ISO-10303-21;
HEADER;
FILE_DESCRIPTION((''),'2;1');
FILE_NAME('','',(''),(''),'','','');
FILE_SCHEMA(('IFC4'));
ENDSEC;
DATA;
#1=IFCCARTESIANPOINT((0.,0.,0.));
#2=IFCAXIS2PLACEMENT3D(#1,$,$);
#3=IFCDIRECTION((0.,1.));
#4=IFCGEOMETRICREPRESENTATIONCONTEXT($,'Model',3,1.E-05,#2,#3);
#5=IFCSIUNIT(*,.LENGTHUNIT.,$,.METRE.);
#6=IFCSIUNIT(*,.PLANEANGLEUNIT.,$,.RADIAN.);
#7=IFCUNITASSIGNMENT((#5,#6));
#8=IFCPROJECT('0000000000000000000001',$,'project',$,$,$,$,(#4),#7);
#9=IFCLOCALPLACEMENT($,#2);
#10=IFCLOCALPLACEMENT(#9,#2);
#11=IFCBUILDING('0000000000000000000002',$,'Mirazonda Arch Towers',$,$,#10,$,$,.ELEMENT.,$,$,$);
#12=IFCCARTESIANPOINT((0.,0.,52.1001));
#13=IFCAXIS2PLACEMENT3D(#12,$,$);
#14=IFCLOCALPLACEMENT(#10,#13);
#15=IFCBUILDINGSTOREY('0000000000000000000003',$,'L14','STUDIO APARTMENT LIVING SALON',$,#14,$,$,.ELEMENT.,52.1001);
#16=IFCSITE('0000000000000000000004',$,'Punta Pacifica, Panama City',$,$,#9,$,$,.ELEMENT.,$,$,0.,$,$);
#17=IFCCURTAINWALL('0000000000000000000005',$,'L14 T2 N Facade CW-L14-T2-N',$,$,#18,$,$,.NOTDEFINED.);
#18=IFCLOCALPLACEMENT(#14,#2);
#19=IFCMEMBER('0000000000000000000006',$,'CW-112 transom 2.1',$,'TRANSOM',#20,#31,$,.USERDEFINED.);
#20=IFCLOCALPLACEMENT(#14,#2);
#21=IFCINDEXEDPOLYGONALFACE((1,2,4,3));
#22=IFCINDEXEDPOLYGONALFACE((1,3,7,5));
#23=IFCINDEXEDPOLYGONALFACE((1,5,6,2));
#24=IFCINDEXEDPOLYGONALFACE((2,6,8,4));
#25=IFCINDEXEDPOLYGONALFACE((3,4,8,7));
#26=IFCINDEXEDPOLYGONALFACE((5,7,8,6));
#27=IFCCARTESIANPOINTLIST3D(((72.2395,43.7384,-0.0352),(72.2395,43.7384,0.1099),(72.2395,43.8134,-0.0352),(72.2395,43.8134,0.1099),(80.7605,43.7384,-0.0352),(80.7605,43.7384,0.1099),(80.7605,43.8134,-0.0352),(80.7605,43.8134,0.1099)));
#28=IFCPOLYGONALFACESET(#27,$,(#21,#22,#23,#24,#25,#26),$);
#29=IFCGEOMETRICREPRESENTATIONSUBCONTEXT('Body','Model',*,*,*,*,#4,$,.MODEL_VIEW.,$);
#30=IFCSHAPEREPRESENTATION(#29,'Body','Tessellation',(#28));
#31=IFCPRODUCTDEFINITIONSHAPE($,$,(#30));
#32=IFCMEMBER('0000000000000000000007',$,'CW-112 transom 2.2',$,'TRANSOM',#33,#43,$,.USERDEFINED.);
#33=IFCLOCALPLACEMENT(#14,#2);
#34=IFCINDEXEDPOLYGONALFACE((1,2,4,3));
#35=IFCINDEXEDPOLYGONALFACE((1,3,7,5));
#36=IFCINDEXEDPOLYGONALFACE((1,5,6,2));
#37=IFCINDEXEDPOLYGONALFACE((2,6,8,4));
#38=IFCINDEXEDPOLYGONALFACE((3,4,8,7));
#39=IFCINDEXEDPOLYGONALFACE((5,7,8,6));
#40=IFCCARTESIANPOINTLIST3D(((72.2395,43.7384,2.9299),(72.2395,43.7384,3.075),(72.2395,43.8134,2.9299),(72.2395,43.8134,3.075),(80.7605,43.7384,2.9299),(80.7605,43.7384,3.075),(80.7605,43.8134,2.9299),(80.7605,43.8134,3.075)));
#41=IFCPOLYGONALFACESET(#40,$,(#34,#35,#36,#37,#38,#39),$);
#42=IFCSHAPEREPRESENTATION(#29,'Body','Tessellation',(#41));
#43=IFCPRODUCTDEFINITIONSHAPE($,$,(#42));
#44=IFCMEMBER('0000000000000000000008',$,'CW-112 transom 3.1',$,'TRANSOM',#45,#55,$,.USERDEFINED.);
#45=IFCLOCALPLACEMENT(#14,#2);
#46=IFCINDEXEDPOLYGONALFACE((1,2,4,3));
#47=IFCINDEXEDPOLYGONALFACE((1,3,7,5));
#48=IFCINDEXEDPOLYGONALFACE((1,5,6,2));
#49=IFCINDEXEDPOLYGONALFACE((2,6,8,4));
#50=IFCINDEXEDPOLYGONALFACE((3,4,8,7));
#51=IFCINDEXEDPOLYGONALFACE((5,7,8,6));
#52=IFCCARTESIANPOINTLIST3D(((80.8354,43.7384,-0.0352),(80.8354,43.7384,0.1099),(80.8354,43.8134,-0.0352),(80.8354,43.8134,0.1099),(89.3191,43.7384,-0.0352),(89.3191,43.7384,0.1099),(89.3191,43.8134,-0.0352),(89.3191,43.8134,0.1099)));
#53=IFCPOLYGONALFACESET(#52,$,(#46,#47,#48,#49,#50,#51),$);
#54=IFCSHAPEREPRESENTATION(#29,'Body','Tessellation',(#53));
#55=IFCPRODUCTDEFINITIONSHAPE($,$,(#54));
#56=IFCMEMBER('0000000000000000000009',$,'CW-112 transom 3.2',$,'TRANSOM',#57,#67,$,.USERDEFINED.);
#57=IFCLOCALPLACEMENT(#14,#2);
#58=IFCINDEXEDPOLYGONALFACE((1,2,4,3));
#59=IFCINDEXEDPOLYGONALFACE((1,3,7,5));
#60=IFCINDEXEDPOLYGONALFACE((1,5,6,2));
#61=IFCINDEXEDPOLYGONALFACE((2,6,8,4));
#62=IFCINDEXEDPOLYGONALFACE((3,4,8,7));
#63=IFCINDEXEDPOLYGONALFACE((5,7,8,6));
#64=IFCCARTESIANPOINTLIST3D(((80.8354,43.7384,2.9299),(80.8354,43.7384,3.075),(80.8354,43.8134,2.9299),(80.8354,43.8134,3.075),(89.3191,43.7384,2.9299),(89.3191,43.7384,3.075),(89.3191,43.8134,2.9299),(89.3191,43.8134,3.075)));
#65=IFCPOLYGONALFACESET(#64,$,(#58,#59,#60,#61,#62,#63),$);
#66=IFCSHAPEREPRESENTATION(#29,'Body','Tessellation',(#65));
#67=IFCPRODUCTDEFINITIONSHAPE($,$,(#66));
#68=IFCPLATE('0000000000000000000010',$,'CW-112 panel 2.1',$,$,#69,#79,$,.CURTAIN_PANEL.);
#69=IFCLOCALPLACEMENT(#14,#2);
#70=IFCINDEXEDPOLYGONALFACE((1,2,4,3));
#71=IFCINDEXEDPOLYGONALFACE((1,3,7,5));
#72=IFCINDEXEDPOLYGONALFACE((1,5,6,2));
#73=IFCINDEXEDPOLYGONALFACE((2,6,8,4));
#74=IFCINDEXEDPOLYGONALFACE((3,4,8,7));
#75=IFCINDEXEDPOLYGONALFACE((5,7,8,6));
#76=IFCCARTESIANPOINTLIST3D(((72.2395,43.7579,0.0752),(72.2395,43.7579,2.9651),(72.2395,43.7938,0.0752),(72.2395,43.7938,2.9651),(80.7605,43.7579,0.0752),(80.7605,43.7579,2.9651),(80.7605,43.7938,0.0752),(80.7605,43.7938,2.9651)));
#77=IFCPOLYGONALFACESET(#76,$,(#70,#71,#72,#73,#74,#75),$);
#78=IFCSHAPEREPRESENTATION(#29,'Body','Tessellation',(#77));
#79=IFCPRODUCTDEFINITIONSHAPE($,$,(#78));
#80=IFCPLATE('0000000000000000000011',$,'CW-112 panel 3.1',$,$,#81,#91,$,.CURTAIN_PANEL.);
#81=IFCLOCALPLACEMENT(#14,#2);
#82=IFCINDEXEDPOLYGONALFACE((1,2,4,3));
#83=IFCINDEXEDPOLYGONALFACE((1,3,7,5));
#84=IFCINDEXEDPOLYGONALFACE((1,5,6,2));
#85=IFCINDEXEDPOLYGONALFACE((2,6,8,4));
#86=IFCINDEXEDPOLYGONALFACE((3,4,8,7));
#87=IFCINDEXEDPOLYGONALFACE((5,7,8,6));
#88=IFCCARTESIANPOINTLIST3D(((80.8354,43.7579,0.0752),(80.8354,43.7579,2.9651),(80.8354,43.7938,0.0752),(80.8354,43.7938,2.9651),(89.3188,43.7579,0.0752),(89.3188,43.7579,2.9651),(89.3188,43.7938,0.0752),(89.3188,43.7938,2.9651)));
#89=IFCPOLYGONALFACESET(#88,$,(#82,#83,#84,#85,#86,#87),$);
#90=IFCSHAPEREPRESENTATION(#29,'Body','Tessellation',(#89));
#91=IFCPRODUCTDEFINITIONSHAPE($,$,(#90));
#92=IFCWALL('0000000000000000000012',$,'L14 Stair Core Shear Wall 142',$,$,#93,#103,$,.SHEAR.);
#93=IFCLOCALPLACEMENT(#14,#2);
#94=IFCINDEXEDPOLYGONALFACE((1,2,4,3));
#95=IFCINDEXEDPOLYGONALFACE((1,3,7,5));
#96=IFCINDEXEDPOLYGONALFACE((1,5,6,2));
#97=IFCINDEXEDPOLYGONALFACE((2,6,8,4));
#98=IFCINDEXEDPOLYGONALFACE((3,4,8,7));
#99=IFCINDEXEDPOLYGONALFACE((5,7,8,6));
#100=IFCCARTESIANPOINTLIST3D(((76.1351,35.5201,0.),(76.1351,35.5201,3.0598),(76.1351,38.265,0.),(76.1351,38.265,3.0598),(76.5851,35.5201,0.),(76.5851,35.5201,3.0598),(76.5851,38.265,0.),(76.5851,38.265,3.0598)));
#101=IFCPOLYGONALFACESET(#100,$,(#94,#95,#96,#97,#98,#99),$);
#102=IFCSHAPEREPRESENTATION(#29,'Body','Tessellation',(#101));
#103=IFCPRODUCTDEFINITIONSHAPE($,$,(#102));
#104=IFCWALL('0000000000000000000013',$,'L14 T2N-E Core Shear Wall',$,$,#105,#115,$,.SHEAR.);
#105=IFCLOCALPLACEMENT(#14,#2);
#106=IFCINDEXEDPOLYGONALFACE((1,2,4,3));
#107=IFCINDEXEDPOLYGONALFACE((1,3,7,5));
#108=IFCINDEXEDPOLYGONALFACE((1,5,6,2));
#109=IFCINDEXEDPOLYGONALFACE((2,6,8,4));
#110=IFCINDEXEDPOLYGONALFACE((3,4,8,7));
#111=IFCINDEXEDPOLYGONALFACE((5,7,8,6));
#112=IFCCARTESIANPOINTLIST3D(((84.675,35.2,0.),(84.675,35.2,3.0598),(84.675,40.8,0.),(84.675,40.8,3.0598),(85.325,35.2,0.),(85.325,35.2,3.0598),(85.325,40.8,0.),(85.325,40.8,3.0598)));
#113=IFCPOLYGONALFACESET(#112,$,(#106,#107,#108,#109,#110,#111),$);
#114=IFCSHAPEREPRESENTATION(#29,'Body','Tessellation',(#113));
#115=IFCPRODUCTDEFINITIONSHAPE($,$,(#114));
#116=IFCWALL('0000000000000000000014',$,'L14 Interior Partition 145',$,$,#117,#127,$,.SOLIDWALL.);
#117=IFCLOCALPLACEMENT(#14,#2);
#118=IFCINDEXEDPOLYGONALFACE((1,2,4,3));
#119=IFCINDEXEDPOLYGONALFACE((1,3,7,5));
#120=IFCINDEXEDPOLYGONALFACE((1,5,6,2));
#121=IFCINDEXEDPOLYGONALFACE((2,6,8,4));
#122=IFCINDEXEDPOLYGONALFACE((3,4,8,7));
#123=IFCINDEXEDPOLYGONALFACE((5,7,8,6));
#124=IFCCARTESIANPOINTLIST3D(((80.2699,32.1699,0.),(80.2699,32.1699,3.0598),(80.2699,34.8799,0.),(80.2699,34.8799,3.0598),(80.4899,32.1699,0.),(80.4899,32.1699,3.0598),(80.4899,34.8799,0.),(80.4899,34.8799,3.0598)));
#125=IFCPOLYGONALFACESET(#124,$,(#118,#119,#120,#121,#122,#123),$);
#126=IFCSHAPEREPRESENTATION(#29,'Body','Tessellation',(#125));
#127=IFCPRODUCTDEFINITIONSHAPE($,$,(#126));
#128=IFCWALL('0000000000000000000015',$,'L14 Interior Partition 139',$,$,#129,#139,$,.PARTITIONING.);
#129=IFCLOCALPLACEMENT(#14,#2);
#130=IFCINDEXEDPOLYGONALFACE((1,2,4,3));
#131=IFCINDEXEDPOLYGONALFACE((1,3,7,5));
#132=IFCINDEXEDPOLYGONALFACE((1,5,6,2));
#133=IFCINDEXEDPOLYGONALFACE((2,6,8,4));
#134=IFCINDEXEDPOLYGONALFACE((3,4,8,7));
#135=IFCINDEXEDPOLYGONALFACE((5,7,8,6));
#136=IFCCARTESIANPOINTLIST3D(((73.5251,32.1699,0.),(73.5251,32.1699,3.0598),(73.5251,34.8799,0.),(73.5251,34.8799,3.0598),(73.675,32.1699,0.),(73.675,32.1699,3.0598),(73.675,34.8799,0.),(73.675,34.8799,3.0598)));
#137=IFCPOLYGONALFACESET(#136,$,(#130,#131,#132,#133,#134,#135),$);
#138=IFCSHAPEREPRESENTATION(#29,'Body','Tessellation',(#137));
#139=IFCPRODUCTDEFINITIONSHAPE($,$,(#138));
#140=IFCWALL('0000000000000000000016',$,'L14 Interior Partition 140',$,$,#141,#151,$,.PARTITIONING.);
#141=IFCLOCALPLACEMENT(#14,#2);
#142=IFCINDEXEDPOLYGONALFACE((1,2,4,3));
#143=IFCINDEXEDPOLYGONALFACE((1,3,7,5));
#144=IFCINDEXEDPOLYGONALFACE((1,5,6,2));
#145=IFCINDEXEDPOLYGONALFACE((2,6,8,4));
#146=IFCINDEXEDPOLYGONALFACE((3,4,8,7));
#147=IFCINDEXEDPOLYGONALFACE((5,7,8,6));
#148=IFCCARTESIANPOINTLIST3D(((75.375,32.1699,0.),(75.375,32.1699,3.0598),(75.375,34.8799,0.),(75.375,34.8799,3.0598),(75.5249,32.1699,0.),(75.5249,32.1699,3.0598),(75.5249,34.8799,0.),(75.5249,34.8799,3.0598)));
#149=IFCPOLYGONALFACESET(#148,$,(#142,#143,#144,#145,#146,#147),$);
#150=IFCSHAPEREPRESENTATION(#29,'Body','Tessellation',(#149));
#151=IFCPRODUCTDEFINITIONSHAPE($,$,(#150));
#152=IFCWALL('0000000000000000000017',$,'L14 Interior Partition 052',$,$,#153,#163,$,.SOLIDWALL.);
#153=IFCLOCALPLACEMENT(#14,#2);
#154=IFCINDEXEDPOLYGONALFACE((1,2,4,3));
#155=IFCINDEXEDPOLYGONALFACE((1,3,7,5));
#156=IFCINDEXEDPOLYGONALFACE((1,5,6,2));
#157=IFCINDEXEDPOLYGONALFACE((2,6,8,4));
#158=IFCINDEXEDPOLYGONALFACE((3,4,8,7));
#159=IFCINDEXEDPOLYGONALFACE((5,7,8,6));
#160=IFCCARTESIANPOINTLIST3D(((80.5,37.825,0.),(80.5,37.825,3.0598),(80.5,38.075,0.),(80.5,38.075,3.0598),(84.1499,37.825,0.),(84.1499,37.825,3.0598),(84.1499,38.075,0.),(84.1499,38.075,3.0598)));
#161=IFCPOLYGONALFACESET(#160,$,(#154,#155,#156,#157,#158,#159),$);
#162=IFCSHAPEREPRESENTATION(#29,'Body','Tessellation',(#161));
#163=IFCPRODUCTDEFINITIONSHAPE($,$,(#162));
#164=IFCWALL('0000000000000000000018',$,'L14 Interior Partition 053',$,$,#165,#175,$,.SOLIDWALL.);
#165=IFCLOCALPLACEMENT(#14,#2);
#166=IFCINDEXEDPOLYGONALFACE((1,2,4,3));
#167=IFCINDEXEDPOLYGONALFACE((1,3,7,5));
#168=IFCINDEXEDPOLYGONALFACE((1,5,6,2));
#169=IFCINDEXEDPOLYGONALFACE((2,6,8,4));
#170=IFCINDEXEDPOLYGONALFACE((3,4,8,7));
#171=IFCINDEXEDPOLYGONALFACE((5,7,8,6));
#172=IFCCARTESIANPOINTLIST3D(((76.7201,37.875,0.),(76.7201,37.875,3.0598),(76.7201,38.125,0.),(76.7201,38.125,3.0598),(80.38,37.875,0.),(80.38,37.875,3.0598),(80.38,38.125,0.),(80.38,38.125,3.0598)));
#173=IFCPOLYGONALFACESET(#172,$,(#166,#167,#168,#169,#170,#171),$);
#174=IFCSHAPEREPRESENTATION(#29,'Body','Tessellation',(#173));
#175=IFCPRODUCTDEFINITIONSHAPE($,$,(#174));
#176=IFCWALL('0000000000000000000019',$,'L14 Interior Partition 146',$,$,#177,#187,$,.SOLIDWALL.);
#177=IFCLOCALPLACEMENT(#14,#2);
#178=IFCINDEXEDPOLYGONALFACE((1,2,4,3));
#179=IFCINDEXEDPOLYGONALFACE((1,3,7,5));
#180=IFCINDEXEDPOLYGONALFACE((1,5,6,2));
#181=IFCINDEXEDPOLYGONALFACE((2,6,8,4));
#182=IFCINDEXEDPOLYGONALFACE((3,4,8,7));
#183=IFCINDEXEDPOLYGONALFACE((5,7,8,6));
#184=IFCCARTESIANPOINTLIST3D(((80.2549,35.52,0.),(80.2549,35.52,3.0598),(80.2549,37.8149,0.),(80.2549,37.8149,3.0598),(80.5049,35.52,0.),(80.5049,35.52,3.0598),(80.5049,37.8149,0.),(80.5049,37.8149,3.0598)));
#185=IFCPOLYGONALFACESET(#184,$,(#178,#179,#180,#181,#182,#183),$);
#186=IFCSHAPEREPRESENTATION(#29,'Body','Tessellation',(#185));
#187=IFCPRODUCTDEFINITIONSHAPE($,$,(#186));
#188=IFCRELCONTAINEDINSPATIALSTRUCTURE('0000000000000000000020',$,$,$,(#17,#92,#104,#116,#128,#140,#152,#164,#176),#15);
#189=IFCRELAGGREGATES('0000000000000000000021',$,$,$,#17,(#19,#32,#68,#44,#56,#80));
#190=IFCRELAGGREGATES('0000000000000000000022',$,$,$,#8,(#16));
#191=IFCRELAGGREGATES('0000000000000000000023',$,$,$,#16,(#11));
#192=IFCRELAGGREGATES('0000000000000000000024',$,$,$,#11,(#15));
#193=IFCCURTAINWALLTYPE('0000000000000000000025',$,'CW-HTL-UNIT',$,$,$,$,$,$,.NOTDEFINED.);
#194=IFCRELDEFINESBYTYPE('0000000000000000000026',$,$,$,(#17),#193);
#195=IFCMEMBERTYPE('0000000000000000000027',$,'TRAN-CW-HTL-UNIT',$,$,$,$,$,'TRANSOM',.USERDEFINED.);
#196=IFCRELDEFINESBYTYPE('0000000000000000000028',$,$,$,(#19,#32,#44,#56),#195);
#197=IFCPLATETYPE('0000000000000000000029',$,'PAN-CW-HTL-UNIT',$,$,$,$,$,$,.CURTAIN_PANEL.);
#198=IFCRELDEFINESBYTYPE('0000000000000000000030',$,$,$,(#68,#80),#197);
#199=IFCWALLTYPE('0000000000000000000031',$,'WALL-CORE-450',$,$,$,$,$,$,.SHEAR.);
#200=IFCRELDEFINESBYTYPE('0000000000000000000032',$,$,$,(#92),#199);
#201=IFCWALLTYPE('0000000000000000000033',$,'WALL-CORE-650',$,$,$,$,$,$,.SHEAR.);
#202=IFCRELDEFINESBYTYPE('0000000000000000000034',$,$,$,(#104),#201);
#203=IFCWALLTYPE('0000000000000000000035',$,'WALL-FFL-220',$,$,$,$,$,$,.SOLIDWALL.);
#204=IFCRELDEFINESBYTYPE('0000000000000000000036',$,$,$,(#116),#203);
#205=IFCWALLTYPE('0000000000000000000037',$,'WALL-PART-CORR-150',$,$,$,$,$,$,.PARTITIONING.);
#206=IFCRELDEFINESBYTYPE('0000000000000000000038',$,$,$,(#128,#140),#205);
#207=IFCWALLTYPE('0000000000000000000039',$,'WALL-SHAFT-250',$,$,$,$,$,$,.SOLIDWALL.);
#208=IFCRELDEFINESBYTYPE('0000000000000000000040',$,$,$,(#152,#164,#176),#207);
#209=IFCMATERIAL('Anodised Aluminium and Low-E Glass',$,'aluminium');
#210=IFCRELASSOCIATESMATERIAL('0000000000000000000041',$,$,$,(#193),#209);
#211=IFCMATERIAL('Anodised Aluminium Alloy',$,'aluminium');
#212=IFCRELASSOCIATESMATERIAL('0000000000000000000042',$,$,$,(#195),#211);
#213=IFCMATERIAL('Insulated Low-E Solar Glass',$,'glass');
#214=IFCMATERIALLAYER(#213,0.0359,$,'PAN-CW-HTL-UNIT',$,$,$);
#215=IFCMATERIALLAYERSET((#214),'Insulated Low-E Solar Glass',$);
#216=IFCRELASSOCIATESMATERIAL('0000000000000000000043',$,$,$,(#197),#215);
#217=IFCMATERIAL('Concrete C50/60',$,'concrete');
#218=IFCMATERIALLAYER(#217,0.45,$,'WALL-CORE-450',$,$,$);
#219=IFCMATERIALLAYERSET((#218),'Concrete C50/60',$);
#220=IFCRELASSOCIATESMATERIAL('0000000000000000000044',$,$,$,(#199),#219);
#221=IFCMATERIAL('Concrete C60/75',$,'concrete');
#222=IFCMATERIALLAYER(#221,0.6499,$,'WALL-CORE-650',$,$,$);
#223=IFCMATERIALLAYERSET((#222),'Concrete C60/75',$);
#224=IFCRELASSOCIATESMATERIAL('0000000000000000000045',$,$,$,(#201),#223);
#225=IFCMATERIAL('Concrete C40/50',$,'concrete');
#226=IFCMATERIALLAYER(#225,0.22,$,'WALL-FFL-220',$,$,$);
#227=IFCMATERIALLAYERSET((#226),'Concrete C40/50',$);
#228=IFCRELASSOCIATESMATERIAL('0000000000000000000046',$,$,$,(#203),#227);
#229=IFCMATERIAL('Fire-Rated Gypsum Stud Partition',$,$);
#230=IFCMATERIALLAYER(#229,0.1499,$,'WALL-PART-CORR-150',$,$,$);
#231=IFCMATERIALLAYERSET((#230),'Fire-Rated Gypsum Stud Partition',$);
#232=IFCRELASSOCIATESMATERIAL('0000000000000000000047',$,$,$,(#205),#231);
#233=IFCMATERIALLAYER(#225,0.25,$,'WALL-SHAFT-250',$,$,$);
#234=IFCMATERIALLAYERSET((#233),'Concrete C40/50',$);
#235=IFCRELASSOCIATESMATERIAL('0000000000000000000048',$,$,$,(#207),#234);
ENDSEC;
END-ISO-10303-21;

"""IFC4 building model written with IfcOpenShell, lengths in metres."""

from ifc_helpers import new_model, si_unit, direction, frame, frame_2d, origin, origin_2d, place, context, subcontext, project, spatial, rectangle, extrude, material, layer, layer_set, material_profile, profile_set, type_object, element, aggregate, save


model = new_model("IFC4")

# Units and contexts
model_context = context("Model", 3, precision=1e-05, world=origin(), true_north=direction((0.0, 1.0)))
body_context = subcontext(model_context, "Body", "Model", "MODEL_VIEW")
ifc_project = project(units=[si_unit("LENGTHUNIT", "METRE"), si_unit("PLANEANGLEUNIT", "RADIAN")], contexts=[model_context])

# Site, building, storey
site_placement = place(None, origin())
site = spatial("IfcSite", under=ifc_project, at=site_placement, Name="Punta Pacifica, Panama City", CompositionType="ELEMENT", RefElevation=0.0)
building_placement = place(site_placement, origin())
building = spatial("IfcBuilding", under=site, at=building_placement, Name="Mirazonda Arch Towers", CompositionType="ELEMENT")
storey_placement = place(building_placement, frame((0.0, 0.0, 52.1001)))
storey = spatial("IfcBuildingStorey", under=building, at=storey_placement, Name="L14", Description="STUDIO APARTMENT LIVING SALON", CompositionType="ELEMENT", Elevation=52.1001)

# Shared definitions
ifc_material_1 = material(Name="Concrete C60/75", Category="concrete")

# Curtain wall, members, plates
ifc_material_2 = material(Name="Anodised Aluminium and Low-E Glass", Category="aluminium")
curtain_wall_type = type_object("IfcCurtainWallType", Name="CW-HTL-UNIT", PredefinedType="NOTDEFINED", material=ifc_material_2)
curtain_wall_placement = place(storey_placement, origin())
curtain_wall = element("IfcCurtainWall", 1, at=curtain_wall_placement, inside=storey, type_object=curtain_wall_type, Name="L14 T2 N Facade CW-L14-T2-N", PredefinedType="NOTDEFINED")
ifc_material_3 = material(Name="Anodised Aluminium Alloy", Category="aluminium")
ifc_material_profile_1 = material_profile(ifc_material_3, rectangle(XDim=0.075, YDim=0.145, at=origin_2d()), Name="ALU-TRAN-75x145")
ifc_profile_set_1 = profile_set([ifc_material_profile_1], Name="Anodised Aluminium Alloy")
member_type_1 = type_object("IfcMemberType", Name="TRAN-CW-HTL-UNIT", ElementType="TRANSOM", PredefinedType="USERDEFINED", material=ifc_profile_set_1)
member_1_placement = place(storey_placement, frame((72.2395, 43.7759, 0.0374), z_axis=(1.0, 0.0, 0.0), x_axis=(0.0, 1.0, 0.0)))
member_1 = element("IfcMember", 2, at=member_1_placement, type_object=member_type_1, Name="CW-112 transom 2.1", ObjectType="TRANSOM", PredefinedType="USERDEFINED", context=body_context, shape_type="SweptSolid", body=[
    extrude(rectangle(XDim=0.075, YDim=0.145, at=origin_2d()), origin(), (0.0, 0.0, 1.0), 8.521),
])
member_2_placement = place(storey_placement, frame((72.2395, 43.7759, 3.0024), z_axis=(1.0, 0.0, 0.0), x_axis=(0.0, 1.0, 0.0)))
member_2 = element("IfcMember", 3, at=member_2_placement, type_object=member_type_1, Name="CW-112 transom 2.2", ObjectType="TRANSOM", PredefinedType="USERDEFINED", context=body_context, shape_type="SweptSolid", body=[
    extrude(rectangle(XDim=0.075, YDim=0.145, at=origin_2d()), origin(), (0.0, 0.0, 1.0), 8.521),
])
member_3_placement = place(storey_placement, frame((80.8354, 43.7759, 0.0374), z_axis=(1.0, 0.0, 0.0), x_axis=(0.0, 1.0, 0.0)))
member_3 = element("IfcMember", 4, at=member_3_placement, type_object=member_type_1, Name="CW-112 transom 3.1", ObjectType="TRANSOM", PredefinedType="USERDEFINED", context=body_context, shape_type="SweptSolid", body=[
    extrude(rectangle(XDim=0.075, YDim=0.145, at=origin_2d()), origin(), (0.0, 0.0, 1.0), 8.4836),
])
member_4_placement = place(storey_placement, frame((80.8354, 43.7759, 3.0024), z_axis=(1.0, 0.0, 0.0), x_axis=(0.0, 1.0, 0.0)))
member_4 = element("IfcMember", 5, at=member_4_placement, type_object=member_type_1, Name="CW-112 transom 3.2", ObjectType="TRANSOM", PredefinedType="USERDEFINED", context=body_context, shape_type="SweptSolid", body=[
    extrude(rectangle(XDim=0.075, YDim=0.145, at=origin_2d()), origin(), (0.0, 0.0, 1.0), 8.4836),
])
ifc_material_4 = material(Name="Insulated Low-E Solar Glass", Category="glass")
ifc_layer_1 = layer(ifc_material_4, 0.0359, Name="PAN-CW-HTL-UNIT")
ifc_layer_set_1 = layer_set([ifc_layer_1], Name="Insulated Low-E Solar Glass")
plate_type = type_object("IfcPlateType", Name="PAN-CW-HTL-UNIT", PredefinedType="CURTAIN_PANEL", material=ifc_layer_set_1)
plate_1_placement = place(storey_placement, frame((76.5, 43.7759, 0.0752), z_axis=(0.0, 0.0, 1.0), x_axis=(1.0, 0.0, 0.0)))
plate_1 = element("IfcPlate", 6, at=plate_1_placement, type_object=plate_type, Name="CW-112 panel 2.1", PredefinedType="CURTAIN_PANEL", context=body_context, shape_type="SweptSolid", body=[
    extrude(rectangle(XDim=8.521, YDim=0.0359, at=origin_2d()), origin(), (0.0, 0.0, 1.0), 2.8899),
])
plate_2_placement = place(storey_placement, frame((85.0771, 43.7759, 0.0752), z_axis=(0.0, 0.0, 1.0), x_axis=(1.0, 0.0, 0.0)))
plate_2 = element("IfcPlate", 7, at=plate_2_placement, type_object=plate_type, Name="CW-112 panel 3.1", PredefinedType="CURTAIN_PANEL", context=body_context, shape_type="SweptSolid", body=[
    extrude(rectangle(XDim=8.4834, YDim=0.0359, at=origin_2d()), origin(), (0.0, 0.0, 1.0), 2.8899),
])
aggregate(curtain_wall, [member_1, member_2, plate_1, member_3, member_4, plate_2])

# Walls
ifc_material_5 = material(Name="Concrete C50/60", Category="concrete")
ifc_layer_2 = layer(ifc_material_5, 0.45, Name="WALL-CORE-450")
ifc_layer_set_2 = layer_set([ifc_layer_2], Name="Concrete C50/60")
wall_type_1 = type_object("IfcWallType", Name="WALL-CORE-450", PredefinedType="SHEAR", material=ifc_layer_set_2)
wall_1_placement = place(storey_placement, frame((76.3601, 35.52, 0.0), z_axis=(0.0, 0.0, 1.0), x_axis=(0.0, 1.0, 0.0)))
element("IfcWall", 8, at=wall_1_placement, inside=storey, type_object=wall_type_1, Name="L14 Stair Core Shear Wall 142", PredefinedType="SHEAR", context=body_context, shape_type="SweptSolid", body=[
    extrude(rectangle(XDim=2.7449, YDim=0.45, at=frame_2d((1.3726, 0.0))), origin(), (0.0, 0.0, 1.0), 3.0598),
])
ifc_layer_3 = layer(ifc_material_1, 0.6499, Name="WALL-CORE-650")
ifc_layer_set_3 = layer_set([ifc_layer_3], Name="Concrete C60/75")
wall_type_2 = type_object("IfcWallType", Name="WALL-CORE-650", PredefinedType="SHEAR", material=ifc_layer_set_3)
wall_2_placement = place(storey_placement, frame((85.0, 35.2, 0.0), z_axis=(0.0, 0.0, 1.0), x_axis=(0.0, 1.0, 0.0)))
element("IfcWall", 9, at=wall_2_placement, inside=storey, type_object=wall_type_2, Name="L14 T2N-E Core Shear Wall", PredefinedType="SHEAR", context=body_context, shape_type="SweptSolid", body=[
    extrude(rectangle(XDim=5.6001, YDim=0.6499, at=frame_2d((2.8, 0.0))), origin(), (0.0, 0.0, 1.0), 3.0598),
])
ifc_material_6 = material(Name="Concrete C40/50", Category="concrete")
ifc_layer_4 = layer(ifc_material_6, 0.22, Name="WALL-FFL-220")
ifc_layer_set_4 = layer_set([ifc_layer_4], Name="Concrete C40/50")
wall_type_3 = type_object("IfcWallType", Name="WALL-FFL-220", PredefinedType="SOLIDWALL", material=ifc_layer_set_4)
wall_3_placement = place(storey_placement, frame((80.3799, 32.1699, 0.0), z_axis=(0.0, 0.0, 1.0), x_axis=(0.0, 1.0, 0.0)))
element("IfcWall", 10, at=wall_3_placement, inside=storey, type_object=wall_type_3, Name="L14 Interior Partition 145", PredefinedType="SOLIDWALL", context=body_context, shape_type="SweptSolid", body=[
    extrude(rectangle(XDim=2.71, YDim=0.22, at=frame_2d((1.355, 0.0))), origin(), (0.0, 0.0, 1.0), 3.0598),
])
ifc_material_7 = material(Name="Fire-Rated Gypsum Stud Partition")
ifc_layer_5 = layer(ifc_material_7, 0.1499, Name="WALL-PART-CORR-150")
ifc_layer_set_5 = layer_set([ifc_layer_5], Name="Fire-Rated Gypsum Stud Partition")
wall_type_4 = type_object("IfcWallType", Name="WALL-PART-CORR-150", PredefinedType="PARTITIONING", material=ifc_layer_set_5)
for number, where, z_axis, x_axis, name in (
    (11, (73.6001, 32.1699, 0.0), (0.0, 0.0, 1.0), (0.0, 1.0, 0.0), "L14 Interior Partition 139"),
    (12, (75.45, 32.1699, 0.0), (0.0, 0.0, 1.0), (0.0, 1.0, 0.0), "L14 Interior Partition 140"),
):
    element("IfcWall", number, at=place(storey_placement, frame(where, z_axis=z_axis, x_axis=x_axis)), inside=storey, type_object=wall_type_4, Name=name, PredefinedType="PARTITIONING", context=body_context, shape_type="SweptSolid", body=[
        extrude(rectangle(XDim=2.71, YDim=0.1499, at=frame_2d((1.355, 0.0))), origin(), (0.0, 0.0, 1.0), 3.0598),
    ])
ifc_layer_6 = layer(ifc_material_6, 0.25, Name="WALL-SHAFT-250")
ifc_layer_set_6 = layer_set([ifc_layer_6], Name="Concrete C40/50")
wall_type_5 = type_object("IfcWallType", Name="WALL-SHAFT-250", PredefinedType="SOLIDWALL", material=ifc_layer_set_6)
wall_4_placement = place(storey_placement, frame((80.5, 37.95, 0.0), z_axis=(0.0, 0.0, 1.0), x_axis=(1.0, 0.0, 0.0)))
element("IfcWall", 13, at=wall_4_placement, inside=storey, type_object=wall_type_5, Name="L14 Interior Partition 052", PredefinedType="SOLIDWALL", context=body_context, shape_type="SweptSolid", body=[
    extrude(rectangle(XDim=3.6499, YDim=0.25, at=frame_2d((1.825, 0.0))), origin(), (0.0, 0.0, 1.0), 3.0598),
])
wall_5_placement = place(storey_placement, frame((76.72, 38.0, 0.0), z_axis=(0.0, 0.0, 1.0), x_axis=(1.0, 0.0, 0.0)))
element("IfcWall", 14, at=wall_5_placement, inside=storey, type_object=wall_type_5, Name="L14 Interior Partition 053", PredefinedType="SOLIDWALL", context=body_context, shape_type="SweptSolid", body=[
    extrude(rectangle(XDim=3.6599, YDim=0.25, at=frame_2d((1.8301, 0.0))), origin(), (0.0, 0.0, 1.0), 3.0598),
])
for number, where, z_axis, x_axis, name in (
    (15, (80.3799, 35.52, 0.0), (0.0, 0.0, 1.0), (0.0, 1.0, 0.0), "L14 Interior Partition 146"),
):
    element("IfcWall", number, at=place(storey_placement, frame(where, z_axis=z_axis, x_axis=x_axis)), inside=storey, type_object=wall_type_5, Name=name, PredefinedType="SOLIDWALL", context=body_context, shape_type="SweptSolid", body=[
        extrude(rectangle(XDim=2.2949, YDim=0.25, at=frame_2d((1.1475, 0.0))), origin(), (0.0, 0.0, 1.0), 3.0598),
    ])

save(model, "model.ifc")
